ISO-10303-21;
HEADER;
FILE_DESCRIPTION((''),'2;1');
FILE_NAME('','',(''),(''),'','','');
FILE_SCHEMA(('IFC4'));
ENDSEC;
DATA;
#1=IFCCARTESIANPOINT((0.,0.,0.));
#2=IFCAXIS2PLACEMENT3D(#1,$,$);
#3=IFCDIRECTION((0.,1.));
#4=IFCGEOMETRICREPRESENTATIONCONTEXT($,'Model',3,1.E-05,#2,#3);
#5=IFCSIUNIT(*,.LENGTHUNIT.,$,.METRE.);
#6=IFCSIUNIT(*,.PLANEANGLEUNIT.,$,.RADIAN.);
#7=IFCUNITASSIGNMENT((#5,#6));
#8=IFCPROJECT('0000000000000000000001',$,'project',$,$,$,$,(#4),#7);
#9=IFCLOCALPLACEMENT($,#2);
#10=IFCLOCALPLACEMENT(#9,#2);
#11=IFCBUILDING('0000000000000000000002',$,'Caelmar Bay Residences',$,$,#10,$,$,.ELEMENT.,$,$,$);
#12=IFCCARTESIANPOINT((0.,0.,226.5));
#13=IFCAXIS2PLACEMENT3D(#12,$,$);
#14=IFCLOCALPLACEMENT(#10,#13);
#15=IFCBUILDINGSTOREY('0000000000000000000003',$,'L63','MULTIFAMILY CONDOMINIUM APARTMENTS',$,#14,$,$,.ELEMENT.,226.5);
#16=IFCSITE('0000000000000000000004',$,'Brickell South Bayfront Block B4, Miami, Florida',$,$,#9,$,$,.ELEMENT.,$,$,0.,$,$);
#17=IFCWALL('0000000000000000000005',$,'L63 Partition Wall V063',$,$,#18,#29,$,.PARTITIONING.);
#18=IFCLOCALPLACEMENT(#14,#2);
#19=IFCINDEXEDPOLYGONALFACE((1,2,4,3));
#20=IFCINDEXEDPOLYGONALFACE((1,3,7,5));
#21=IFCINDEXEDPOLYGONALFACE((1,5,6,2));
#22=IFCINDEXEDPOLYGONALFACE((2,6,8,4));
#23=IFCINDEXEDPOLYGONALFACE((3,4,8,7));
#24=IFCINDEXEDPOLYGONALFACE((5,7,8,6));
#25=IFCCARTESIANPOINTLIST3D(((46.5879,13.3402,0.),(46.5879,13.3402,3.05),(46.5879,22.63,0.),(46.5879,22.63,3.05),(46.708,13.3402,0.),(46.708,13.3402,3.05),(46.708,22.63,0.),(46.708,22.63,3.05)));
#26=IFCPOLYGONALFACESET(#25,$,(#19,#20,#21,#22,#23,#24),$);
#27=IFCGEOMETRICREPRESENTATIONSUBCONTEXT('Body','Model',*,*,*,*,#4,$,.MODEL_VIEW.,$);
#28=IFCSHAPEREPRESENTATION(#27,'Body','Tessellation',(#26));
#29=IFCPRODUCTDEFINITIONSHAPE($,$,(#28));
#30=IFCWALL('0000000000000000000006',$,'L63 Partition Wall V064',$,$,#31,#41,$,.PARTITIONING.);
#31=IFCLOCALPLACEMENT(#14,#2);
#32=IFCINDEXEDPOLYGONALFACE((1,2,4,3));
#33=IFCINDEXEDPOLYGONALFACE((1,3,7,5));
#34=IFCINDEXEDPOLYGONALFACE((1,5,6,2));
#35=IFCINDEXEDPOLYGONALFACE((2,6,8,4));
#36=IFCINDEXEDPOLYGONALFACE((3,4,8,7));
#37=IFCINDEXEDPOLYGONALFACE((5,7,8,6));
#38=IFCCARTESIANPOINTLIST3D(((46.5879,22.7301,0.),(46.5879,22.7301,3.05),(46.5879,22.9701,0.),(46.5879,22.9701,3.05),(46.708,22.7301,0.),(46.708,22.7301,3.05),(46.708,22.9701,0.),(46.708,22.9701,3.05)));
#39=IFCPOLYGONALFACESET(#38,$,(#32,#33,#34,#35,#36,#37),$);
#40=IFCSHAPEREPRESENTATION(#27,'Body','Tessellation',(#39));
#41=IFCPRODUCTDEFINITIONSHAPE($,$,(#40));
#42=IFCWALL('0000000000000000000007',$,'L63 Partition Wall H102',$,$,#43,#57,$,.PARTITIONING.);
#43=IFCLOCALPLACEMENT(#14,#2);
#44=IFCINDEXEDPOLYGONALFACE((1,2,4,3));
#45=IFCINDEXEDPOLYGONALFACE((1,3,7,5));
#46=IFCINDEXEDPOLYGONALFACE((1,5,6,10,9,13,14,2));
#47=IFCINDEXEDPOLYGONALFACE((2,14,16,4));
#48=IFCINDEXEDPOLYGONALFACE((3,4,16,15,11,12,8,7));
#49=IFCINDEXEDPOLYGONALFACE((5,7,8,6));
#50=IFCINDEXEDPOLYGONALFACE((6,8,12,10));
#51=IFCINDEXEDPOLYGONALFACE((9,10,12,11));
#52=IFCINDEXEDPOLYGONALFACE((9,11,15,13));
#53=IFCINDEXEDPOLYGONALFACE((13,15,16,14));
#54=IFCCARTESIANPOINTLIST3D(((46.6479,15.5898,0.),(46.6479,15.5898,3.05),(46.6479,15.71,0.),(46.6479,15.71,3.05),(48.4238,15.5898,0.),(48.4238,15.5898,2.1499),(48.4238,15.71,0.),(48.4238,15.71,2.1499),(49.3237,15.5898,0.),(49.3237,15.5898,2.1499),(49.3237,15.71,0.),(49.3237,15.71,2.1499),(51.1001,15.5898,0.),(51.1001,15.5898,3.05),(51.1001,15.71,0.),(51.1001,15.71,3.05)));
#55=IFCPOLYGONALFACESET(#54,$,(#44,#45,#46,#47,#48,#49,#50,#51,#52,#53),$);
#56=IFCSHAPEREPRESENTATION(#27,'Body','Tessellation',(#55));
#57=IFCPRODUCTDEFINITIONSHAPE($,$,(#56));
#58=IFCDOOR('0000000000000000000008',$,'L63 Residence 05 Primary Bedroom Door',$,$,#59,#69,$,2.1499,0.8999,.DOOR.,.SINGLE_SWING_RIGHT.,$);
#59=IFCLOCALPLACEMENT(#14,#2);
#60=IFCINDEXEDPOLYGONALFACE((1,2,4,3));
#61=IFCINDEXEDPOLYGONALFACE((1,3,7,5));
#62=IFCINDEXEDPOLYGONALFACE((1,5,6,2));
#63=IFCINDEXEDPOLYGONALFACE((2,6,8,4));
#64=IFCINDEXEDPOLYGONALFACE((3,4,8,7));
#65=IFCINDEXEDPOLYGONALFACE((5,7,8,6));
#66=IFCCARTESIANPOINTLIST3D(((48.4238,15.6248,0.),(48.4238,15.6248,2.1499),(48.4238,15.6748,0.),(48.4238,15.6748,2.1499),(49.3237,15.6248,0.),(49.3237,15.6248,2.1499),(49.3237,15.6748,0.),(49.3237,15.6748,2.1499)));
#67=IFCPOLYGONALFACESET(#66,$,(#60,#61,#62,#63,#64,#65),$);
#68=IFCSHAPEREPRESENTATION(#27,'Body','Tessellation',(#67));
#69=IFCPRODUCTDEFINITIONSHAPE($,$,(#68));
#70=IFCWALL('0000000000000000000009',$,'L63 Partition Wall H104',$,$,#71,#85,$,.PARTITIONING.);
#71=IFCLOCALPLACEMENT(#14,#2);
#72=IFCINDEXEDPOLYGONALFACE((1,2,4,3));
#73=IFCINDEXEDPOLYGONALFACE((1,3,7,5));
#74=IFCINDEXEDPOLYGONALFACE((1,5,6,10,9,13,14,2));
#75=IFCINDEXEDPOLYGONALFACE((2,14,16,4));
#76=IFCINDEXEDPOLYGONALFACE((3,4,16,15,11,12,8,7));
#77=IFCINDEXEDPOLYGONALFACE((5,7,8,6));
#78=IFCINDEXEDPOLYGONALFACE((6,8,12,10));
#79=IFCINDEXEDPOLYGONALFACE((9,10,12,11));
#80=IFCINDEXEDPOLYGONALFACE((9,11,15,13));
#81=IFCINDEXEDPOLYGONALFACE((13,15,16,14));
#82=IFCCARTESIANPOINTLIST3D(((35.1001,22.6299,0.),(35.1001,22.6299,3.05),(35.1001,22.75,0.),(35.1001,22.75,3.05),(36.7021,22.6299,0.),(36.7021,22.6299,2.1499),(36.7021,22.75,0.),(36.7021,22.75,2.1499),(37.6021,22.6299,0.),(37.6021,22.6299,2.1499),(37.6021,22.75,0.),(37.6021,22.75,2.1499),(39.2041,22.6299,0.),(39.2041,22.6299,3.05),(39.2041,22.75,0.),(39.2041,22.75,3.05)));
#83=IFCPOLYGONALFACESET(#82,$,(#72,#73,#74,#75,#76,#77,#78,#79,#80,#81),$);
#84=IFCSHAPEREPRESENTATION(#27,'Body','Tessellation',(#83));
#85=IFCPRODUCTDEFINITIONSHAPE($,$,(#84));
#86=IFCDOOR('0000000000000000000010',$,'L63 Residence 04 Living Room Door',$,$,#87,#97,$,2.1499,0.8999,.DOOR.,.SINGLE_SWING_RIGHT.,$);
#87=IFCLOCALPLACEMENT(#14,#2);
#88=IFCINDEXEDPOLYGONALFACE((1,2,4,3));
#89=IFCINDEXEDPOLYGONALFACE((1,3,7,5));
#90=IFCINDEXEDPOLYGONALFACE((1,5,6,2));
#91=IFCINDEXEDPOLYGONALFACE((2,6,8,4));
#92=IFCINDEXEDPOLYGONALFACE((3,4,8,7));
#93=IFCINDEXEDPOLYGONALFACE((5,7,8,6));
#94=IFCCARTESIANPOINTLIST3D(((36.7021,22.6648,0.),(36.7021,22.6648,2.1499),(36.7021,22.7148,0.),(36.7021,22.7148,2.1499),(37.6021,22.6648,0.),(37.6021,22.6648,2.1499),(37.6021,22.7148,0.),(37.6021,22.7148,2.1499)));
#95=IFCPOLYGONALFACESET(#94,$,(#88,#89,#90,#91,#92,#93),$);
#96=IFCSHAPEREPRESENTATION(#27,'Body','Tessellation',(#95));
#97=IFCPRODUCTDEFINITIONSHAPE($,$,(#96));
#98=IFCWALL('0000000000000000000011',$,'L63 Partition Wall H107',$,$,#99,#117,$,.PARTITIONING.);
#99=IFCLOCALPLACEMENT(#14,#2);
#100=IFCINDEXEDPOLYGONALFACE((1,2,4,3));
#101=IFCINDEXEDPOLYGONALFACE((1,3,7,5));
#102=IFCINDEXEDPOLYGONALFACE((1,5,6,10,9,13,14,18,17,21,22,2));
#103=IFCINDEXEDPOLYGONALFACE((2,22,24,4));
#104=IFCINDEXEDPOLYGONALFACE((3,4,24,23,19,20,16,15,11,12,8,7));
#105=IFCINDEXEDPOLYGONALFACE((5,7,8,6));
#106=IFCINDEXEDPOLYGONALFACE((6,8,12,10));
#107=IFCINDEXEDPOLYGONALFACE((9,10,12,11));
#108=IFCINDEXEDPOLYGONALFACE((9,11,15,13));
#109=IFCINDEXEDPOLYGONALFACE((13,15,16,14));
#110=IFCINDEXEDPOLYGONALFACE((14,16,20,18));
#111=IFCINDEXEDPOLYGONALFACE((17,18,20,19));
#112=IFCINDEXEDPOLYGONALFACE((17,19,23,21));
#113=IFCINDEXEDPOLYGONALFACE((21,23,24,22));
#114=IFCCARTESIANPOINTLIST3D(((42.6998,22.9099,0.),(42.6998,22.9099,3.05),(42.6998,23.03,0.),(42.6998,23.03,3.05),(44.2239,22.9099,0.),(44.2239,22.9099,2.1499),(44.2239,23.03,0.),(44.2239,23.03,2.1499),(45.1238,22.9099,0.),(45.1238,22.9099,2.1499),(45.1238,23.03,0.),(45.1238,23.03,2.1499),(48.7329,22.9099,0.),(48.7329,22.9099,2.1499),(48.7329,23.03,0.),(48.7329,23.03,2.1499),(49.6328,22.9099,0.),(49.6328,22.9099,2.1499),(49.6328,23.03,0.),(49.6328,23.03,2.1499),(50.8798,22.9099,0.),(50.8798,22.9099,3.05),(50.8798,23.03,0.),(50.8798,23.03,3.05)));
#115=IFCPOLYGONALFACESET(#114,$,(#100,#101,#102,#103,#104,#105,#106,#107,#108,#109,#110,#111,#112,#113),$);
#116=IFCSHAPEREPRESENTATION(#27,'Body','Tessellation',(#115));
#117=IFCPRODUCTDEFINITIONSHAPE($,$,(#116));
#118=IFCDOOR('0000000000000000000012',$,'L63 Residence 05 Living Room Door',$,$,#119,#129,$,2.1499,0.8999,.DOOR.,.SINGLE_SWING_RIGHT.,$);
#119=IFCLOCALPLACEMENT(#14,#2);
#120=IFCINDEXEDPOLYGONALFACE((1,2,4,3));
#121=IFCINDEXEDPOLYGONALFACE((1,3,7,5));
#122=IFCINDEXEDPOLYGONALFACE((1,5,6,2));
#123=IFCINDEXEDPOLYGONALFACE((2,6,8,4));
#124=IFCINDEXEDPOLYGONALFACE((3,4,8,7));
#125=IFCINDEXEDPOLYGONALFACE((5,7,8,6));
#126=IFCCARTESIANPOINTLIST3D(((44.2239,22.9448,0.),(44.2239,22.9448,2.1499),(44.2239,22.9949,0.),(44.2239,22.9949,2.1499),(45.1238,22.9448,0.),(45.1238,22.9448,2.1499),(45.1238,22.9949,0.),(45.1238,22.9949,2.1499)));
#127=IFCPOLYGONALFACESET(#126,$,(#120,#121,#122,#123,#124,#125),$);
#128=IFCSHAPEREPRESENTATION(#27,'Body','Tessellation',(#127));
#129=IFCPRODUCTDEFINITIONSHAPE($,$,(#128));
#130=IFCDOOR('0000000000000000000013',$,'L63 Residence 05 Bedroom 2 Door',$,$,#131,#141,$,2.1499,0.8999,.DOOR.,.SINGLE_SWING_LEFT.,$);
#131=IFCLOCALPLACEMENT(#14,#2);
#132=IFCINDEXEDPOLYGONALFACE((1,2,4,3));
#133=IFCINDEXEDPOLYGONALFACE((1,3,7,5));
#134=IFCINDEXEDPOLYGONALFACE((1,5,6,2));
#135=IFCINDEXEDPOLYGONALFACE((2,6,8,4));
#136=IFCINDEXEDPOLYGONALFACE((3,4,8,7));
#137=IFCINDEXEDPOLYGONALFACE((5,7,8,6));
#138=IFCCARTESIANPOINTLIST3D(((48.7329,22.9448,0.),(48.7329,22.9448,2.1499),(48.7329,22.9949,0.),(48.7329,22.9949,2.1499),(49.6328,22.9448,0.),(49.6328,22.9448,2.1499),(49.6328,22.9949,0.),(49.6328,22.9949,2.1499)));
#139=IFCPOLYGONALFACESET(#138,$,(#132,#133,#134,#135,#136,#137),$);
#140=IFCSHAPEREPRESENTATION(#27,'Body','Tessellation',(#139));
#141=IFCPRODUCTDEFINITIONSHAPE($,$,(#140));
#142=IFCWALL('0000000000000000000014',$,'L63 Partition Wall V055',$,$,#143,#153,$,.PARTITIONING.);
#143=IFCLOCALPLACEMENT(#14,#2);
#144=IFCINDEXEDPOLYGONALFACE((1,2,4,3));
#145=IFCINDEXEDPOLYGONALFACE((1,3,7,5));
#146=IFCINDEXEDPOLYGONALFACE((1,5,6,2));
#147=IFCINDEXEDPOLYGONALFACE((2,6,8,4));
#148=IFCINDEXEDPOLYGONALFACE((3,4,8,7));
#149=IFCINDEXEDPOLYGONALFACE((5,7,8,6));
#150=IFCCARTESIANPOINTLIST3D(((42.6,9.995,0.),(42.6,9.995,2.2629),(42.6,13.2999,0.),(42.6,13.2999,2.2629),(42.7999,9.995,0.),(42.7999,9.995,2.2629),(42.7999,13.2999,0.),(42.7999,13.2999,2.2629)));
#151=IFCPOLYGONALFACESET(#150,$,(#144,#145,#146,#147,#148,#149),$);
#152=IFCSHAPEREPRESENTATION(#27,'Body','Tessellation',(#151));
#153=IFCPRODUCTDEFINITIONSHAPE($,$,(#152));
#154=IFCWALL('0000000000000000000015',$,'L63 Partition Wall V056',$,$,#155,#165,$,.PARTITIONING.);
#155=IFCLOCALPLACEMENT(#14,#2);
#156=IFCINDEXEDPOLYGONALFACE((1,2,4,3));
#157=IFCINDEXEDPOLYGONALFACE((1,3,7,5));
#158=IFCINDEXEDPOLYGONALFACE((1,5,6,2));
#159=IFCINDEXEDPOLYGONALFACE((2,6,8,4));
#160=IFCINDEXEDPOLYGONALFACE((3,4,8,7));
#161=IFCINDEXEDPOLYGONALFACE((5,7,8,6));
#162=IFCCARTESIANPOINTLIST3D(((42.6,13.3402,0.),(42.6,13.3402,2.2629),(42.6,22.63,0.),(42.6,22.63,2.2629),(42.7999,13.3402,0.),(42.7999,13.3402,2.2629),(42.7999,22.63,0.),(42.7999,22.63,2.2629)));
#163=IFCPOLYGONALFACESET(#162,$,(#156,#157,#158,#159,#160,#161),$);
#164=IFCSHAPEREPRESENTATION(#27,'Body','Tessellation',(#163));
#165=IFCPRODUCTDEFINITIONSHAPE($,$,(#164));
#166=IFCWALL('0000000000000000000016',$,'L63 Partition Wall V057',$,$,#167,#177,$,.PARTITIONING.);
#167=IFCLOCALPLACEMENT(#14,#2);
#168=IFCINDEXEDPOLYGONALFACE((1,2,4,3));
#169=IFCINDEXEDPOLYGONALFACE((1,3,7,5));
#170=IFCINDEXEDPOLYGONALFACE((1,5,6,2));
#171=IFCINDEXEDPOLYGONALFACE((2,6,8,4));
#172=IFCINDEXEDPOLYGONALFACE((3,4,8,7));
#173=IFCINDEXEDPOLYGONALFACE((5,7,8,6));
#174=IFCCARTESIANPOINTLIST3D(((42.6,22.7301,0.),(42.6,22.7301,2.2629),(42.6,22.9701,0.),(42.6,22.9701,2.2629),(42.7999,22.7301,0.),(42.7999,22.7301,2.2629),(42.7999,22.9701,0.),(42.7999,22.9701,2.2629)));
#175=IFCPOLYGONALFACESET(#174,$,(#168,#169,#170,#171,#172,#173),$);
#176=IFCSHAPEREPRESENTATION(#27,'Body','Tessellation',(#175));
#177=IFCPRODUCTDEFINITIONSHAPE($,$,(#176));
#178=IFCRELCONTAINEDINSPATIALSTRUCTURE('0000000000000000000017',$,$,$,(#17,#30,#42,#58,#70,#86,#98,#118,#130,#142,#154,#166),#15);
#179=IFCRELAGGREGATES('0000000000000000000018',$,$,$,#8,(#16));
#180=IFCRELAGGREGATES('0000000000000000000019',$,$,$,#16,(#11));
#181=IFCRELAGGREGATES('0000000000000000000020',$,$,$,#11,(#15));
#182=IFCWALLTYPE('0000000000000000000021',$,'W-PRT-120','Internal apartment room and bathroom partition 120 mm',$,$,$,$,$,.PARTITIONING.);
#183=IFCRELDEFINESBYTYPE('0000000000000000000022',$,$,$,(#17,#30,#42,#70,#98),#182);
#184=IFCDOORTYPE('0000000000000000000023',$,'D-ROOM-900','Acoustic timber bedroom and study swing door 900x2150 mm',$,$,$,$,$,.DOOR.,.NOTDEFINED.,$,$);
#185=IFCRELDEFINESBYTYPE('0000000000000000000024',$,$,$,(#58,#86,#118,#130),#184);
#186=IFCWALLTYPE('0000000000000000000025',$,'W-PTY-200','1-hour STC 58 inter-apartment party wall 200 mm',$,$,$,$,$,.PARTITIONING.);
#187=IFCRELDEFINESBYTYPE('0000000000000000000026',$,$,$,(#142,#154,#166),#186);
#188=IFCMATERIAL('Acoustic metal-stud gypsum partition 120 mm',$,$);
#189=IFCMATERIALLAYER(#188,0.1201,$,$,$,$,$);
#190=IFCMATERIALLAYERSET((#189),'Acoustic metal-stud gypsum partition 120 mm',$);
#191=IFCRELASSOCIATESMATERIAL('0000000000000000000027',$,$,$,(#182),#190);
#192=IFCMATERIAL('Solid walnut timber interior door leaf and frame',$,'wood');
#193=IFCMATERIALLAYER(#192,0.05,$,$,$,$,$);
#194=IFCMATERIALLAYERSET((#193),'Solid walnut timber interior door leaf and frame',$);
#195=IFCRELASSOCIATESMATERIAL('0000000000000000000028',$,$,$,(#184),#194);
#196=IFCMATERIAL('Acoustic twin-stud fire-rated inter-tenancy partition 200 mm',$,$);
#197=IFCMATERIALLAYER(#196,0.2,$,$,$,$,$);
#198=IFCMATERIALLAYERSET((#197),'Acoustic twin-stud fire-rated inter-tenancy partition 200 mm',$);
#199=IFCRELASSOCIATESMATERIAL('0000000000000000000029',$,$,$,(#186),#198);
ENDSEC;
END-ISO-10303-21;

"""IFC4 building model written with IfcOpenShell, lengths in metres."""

from ifc_helpers import new_model, si_unit, direction, frame, frame_2d, origin, place, context, subcontext, project, spatial, rectangle, extrude, material, layer, layer_set, type_object, element, fill, save


model = new_model("IFC4")

# Units and contexts
model_context = context("Model", 3, precision=1e-05, world=origin(), true_north=direction((0.0, 1.0)))
body_context = subcontext(model_context, "Body", "Model", "MODEL_VIEW")
ifc_project = project(units=[si_unit("LENGTHUNIT", "METRE"), si_unit("PLANEANGLEUNIT", "RADIAN")], contexts=[model_context])

# Site, building, storey
site_placement = place(None, origin())
site = spatial("IfcSite", under=ifc_project, at=site_placement, Name="Brickell South Bayfront Block B4, Miami, Florida", CompositionType="ELEMENT", RefElevation=0.0)
building_placement = place(site_placement, origin())
building = spatial("IfcBuilding", under=site, at=building_placement, Name="Caelmar Bay Residences", CompositionType="ELEMENT")
storey_placement = place(building_placement, frame((0.0, 0.0, 226.5)))
storey = spatial("IfcBuildingStorey", under=building, at=storey_placement, Name="L63", Description="MULTIFAMILY CONDOMINIUM APARTMENTS", CompositionType="ELEMENT", Elevation=226.5)

# Shared definitions
ifc_material_1 = material(Name="Acoustic metal-stud gypsum partition 120 mm")
ifc_layer_1 = layer(ifc_material_1, 0.1201)
ifc_layer_set_1 = layer_set([ifc_layer_1], Name="Acoustic metal-stud gypsum partition 120 mm")
wall_type_1 = type_object("IfcWallType", Name="W-PRT-120", Description="Internal apartment room and bathroom partition 120 mm", PredefinedType="PARTITIONING", material=ifc_layer_set_1)

# Shared definitions
ifc_material_2 = material(Name="Solid walnut timber interior door leaf and frame", Category="wood")
ifc_layer_2 = layer(ifc_material_2, 0.05)
ifc_layer_set_2 = layer_set([ifc_layer_2], Name="Solid walnut timber interior door leaf and frame")
door_type = type_object("IfcDoorType", Name="D-ROOM-900", Description="Acoustic timber bedroom and study swing door 900x2150 mm", OperationType="NOTDEFINED", PredefinedType="DOOR", material=ifc_layer_set_2)

# Walls
wall_1_placement = place(storey_placement, frame((46.6479, 13.3401, 0.0), z_axis=(0.0, 0.0, 1.0), x_axis=(0.0, 1.0, 0.0)))
element("IfcWall", 1, at=wall_1_placement, inside=storey, type_object=wall_type_1, Name="L63 Partition Wall V063", PredefinedType="PARTITIONING", context=body_context, shape_type="SweptSolid", body=[
    extrude(rectangle(XDim=9.2898, YDim=0.1201, at=frame_2d((4.645, 0.0))), origin(), (0.0, 0.0, 1.0), 3.05),
])
wall_2_placement = place(storey_placement, frame((46.6479, 22.73, 0.0), z_axis=(0.0, 0.0, 1.0), x_axis=(0.0, 1.0, 0.0)))
element("IfcWall", 2, at=wall_2_placement, inside=storey, type_object=wall_type_1, Name="L63 Partition Wall V064", PredefinedType="PARTITIONING", context=body_context, shape_type="SweptSolid", body=[
    extrude(rectangle(XDim=0.24, YDim=0.1201, at=frame_2d((0.1201, 0.0))), origin(), (0.0, 0.0, 1.0), 3.05),
])

# Walls, openings, doors
wall_3_placement = place(storey_placement, frame((46.6479, 15.6499, 0.0), z_axis=(0.0, 0.0, 1.0), x_axis=(1.0, 0.0, 0.0)))
wall_3 = element("IfcWall", 3, at=wall_3_placement, inside=storey, type_object=wall_type_1, Name="L63 Partition Wall H102", PredefinedType="PARTITIONING", context=body_context, shape_type="SweptSolid", body=[
    extrude(rectangle(XDim=4.4521, YDim=0.1201, at=frame_2d((2.2261, 0.0))), origin(), (0.0, 0.0, 1.0), 3.05),
])
opening_1_placement = place(wall_3_placement, frame((1.7759, 0.0, 0.0)))
opening_1 = element("IfcOpeningElement", 4, at=opening_1_placement, cuts=wall_3, PredefinedType="OPENING", context=body_context, shape_type="SweptSolid", body=[
    extrude(rectangle(XDim=0.8999, YDim=2.1499, at=frame_2d((0.45, 1.075))), frame((0.0, 0.0701, 0.0), z_axis=(0.0, -1.0, 0.0), x_axis=(1.0, 0.0, 0.0)), (0.0, 0.0, 1.0), 0.1401),
])
door_1_placement = place(opening_1_placement, origin())
door_1 = element("IfcDoor", 5, at=door_1_placement, inside=storey, type_object=door_type, Name="L63 Residence 05 Primary Bedroom Door", OperationType="SINGLE_SWING_RIGHT", OverallHeight=2.1499, OverallWidth=0.8999, PredefinedType="DOOR", context=body_context, shape_type="SweptSolid", body=[
    extrude(rectangle(XDim=0.8999, YDim=2.1499, at=frame_2d((0.45, 1.075))), frame((0.0, 0.0249, 0.0), z_axis=(0.0, -1.0, 0.0), x_axis=(1.0, 0.0, 0.0)), (0.0, 0.0, 1.0), 0.05),
])
fill(opening_1, door_1)
wall_4_placement = place(storey_placement, frame((35.1001, 22.6899, 0.0), z_axis=(0.0, 0.0, 1.0), x_axis=(1.0, 0.0, 0.0)))
wall_4 = element("IfcWall", 6, at=wall_4_placement, inside=storey, type_object=wall_type_1, Name="L63 Partition Wall H104", PredefinedType="PARTITIONING", context=body_context, shape_type="SweptSolid", body=[
    extrude(rectangle(XDim=4.104, YDim=0.1201, at=frame_2d((2.052, 0.0))), origin(), (0.0, 0.0, 1.0), 3.05),
])
opening_2_placement = place(wall_4_placement, frame((1.6021, 0.0, 0.0)))
opening_2 = element("IfcOpeningElement", 7, at=opening_2_placement, cuts=wall_4, PredefinedType="OPENING", context=body_context, shape_type="SweptSolid", body=[
    extrude(rectangle(XDim=0.8999, YDim=2.1499, at=frame_2d((0.45, 1.075))), frame((0.0, 0.0701, 0.0), z_axis=(0.0, -1.0, 0.0), x_axis=(1.0, 0.0, 0.0)), (0.0, 0.0, 1.0), 0.1401),
])
door_2_placement = place(opening_2_placement, origin())
door_2 = element("IfcDoor", 8, at=door_2_placement, inside=storey, type_object=door_type, Name="L63 Residence 04 Living Room Door", OperationType="SINGLE_SWING_RIGHT", OverallHeight=2.1499, OverallWidth=0.8999, PredefinedType="DOOR", context=body_context, shape_type="SweptSolid", body=[
    extrude(rectangle(XDim=0.8999, YDim=2.1499, at=frame_2d((0.45, 1.075))), frame((0.0, 0.0249, 0.0), z_axis=(0.0, -1.0, 0.0), x_axis=(1.0, 0.0, 0.0)), (0.0, 0.0, 1.0), 0.05),
])
fill(opening_2, door_2)

# Wall, openings, doors
wall_5_placement = place(storey_placement, frame((42.7, 22.97, 0.0), z_axis=(0.0, 0.0, 1.0), x_axis=(1.0, 0.0, 0.0)))
wall_5 = element("IfcWall", 9, at=wall_5_placement, inside=storey, type_object=wall_type_1, Name="L63 Partition Wall H107", PredefinedType="PARTITIONING", context=body_context, shape_type="SweptSolid", body=[
    extrude(rectangle(XDim=8.1799, YDim=0.1201, at=frame_2d((4.0898, 0.0))), origin(), (0.0, 0.0, 1.0), 3.05),
])
opening_3_placement = place(wall_5_placement, frame((1.5239, 0.0, 0.0)))
opening_3 = element("IfcOpeningElement", 10, at=opening_3_placement, cuts=wall_5, PredefinedType="OPENING", context=body_context, shape_type="SweptSolid", body=[
    extrude(rectangle(XDim=0.8999, YDim=2.1499, at=frame_2d((0.45, 1.075))), frame((0.0, 0.0701, 0.0), z_axis=(0.0, -1.0, 0.0), x_axis=(1.0, 0.0, 0.0)), (0.0, 0.0, 1.0), 0.1401),
])
opening_4_placement = place(wall_5_placement, frame((6.033, 0.0, 0.0)))
opening_4 = element("IfcOpeningElement", 11, at=opening_4_placement, cuts=wall_5, PredefinedType="OPENING", context=body_context, shape_type="SweptSolid", body=[
    extrude(rectangle(XDim=0.8999, YDim=2.1499, at=frame_2d((0.45, 1.075))), frame((0.0, 0.0701, 0.0), z_axis=(0.0, -1.0, 0.0), x_axis=(1.0, 0.0, 0.0)), (0.0, 0.0, 1.0), 0.1401),
])
door_3_placement = place(opening_3_placement, origin())
door_3 = element("IfcDoor", 12, at=door_3_placement, inside=storey, type_object=door_type, Name="L63 Residence 05 Living Room Door", OperationType="SINGLE_SWING_RIGHT", OverallHeight=2.1499, OverallWidth=0.8999, PredefinedType="DOOR", context=body_context, shape_type="SweptSolid", body=[
    extrude(rectangle(XDim=0.8999, YDim=2.1499, at=frame_2d((0.45, 1.075))), frame((0.0, 0.0249, 0.0), z_axis=(0.0, -1.0, 0.0), x_axis=(1.0, 0.0, 0.0)), (0.0, 0.0, 1.0), 0.05),
])
fill(opening_3, door_3)
door_4_placement = place(opening_4_placement, origin())
door_4 = element("IfcDoor", 13, at=door_4_placement, inside=storey, type_object=door_type, Name="L63 Residence 05 Bedroom 2 Door", OperationType="SINGLE_SWING_LEFT", OverallHeight=2.1499, OverallWidth=0.8999, PredefinedType="DOOR", context=body_context, shape_type="SweptSolid", body=[
    extrude(rectangle(XDim=0.8999, YDim=2.1499, at=frame_2d((0.45, 1.075))), frame((0.0, 0.0249, 0.0), z_axis=(0.0, -1.0, 0.0), x_axis=(1.0, 0.0, 0.0)), (0.0, 0.0, 1.0), 0.05),
])
fill(opening_4, door_4)

# Walls
ifc_material_3 = material(Name="Acoustic twin-stud fire-rated inter-tenancy partition 200 mm")
ifc_layer_3 = layer(ifc_material_3, 0.2)
ifc_layer_set_3 = layer_set([ifc_layer_3], Name="Acoustic twin-stud fire-rated inter-tenancy partition 200 mm")
wall_type_2 = type_object("IfcWallType", Name="W-PTY-200", Description="1-hour STC 58 inter-apartment party wall 200 mm", PredefinedType="PARTITIONING", material=ifc_layer_set_3)
wall_6_placement = place(storey_placement, frame((42.7, 9.9951, 0.0), z_axis=(0.0, 0.0, 1.0), x_axis=(0.0, 1.0, 0.0)))
element("IfcWall", 14, at=wall_6_placement, inside=storey, type_object=wall_type_2, Name="L63 Partition Wall V055", PredefinedType="PARTITIONING", context=body_context, shape_type="SweptSolid", body=[
    extrude(rectangle(XDim=3.3049, YDim=0.2, at=frame_2d((1.6523, 0.0))), origin(), (0.0, 0.0, 1.0), 2.2629),
])
wall_7_placement = place(storey_placement, frame((42.7, 13.3401, 0.0), z_axis=(0.0, 0.0, 1.0), x_axis=(0.0, 1.0, 0.0)))
element("IfcWall", 15, at=wall_7_placement, inside=storey, type_object=wall_type_2, Name="L63 Partition Wall V056", PredefinedType="PARTITIONING", context=body_context, shape_type="SweptSolid", body=[
    extrude(rectangle(XDim=9.2898, YDim=0.2, at=frame_2d((4.645, 0.0))), origin(), (0.0, 0.0, 1.0), 2.2629),
])
wall_8_placement = place(storey_placement, frame((42.7, 22.73, 0.0), z_axis=(0.0, 0.0, 1.0), x_axis=(0.0, 1.0, 0.0)))
element("IfcWall", 16, at=wall_8_placement, inside=storey, type_object=wall_type_2, Name="L63 Partition Wall V057", PredefinedType="PARTITIONING", context=body_context, shape_type="SweptSolid", body=[
    extrude(rectangle(XDim=0.24, YDim=0.2, at=frame_2d((0.1201, 0.0))), origin(), (0.0, 0.0, 1.0), 2.2629),
])

save(model, "model.ifc")
